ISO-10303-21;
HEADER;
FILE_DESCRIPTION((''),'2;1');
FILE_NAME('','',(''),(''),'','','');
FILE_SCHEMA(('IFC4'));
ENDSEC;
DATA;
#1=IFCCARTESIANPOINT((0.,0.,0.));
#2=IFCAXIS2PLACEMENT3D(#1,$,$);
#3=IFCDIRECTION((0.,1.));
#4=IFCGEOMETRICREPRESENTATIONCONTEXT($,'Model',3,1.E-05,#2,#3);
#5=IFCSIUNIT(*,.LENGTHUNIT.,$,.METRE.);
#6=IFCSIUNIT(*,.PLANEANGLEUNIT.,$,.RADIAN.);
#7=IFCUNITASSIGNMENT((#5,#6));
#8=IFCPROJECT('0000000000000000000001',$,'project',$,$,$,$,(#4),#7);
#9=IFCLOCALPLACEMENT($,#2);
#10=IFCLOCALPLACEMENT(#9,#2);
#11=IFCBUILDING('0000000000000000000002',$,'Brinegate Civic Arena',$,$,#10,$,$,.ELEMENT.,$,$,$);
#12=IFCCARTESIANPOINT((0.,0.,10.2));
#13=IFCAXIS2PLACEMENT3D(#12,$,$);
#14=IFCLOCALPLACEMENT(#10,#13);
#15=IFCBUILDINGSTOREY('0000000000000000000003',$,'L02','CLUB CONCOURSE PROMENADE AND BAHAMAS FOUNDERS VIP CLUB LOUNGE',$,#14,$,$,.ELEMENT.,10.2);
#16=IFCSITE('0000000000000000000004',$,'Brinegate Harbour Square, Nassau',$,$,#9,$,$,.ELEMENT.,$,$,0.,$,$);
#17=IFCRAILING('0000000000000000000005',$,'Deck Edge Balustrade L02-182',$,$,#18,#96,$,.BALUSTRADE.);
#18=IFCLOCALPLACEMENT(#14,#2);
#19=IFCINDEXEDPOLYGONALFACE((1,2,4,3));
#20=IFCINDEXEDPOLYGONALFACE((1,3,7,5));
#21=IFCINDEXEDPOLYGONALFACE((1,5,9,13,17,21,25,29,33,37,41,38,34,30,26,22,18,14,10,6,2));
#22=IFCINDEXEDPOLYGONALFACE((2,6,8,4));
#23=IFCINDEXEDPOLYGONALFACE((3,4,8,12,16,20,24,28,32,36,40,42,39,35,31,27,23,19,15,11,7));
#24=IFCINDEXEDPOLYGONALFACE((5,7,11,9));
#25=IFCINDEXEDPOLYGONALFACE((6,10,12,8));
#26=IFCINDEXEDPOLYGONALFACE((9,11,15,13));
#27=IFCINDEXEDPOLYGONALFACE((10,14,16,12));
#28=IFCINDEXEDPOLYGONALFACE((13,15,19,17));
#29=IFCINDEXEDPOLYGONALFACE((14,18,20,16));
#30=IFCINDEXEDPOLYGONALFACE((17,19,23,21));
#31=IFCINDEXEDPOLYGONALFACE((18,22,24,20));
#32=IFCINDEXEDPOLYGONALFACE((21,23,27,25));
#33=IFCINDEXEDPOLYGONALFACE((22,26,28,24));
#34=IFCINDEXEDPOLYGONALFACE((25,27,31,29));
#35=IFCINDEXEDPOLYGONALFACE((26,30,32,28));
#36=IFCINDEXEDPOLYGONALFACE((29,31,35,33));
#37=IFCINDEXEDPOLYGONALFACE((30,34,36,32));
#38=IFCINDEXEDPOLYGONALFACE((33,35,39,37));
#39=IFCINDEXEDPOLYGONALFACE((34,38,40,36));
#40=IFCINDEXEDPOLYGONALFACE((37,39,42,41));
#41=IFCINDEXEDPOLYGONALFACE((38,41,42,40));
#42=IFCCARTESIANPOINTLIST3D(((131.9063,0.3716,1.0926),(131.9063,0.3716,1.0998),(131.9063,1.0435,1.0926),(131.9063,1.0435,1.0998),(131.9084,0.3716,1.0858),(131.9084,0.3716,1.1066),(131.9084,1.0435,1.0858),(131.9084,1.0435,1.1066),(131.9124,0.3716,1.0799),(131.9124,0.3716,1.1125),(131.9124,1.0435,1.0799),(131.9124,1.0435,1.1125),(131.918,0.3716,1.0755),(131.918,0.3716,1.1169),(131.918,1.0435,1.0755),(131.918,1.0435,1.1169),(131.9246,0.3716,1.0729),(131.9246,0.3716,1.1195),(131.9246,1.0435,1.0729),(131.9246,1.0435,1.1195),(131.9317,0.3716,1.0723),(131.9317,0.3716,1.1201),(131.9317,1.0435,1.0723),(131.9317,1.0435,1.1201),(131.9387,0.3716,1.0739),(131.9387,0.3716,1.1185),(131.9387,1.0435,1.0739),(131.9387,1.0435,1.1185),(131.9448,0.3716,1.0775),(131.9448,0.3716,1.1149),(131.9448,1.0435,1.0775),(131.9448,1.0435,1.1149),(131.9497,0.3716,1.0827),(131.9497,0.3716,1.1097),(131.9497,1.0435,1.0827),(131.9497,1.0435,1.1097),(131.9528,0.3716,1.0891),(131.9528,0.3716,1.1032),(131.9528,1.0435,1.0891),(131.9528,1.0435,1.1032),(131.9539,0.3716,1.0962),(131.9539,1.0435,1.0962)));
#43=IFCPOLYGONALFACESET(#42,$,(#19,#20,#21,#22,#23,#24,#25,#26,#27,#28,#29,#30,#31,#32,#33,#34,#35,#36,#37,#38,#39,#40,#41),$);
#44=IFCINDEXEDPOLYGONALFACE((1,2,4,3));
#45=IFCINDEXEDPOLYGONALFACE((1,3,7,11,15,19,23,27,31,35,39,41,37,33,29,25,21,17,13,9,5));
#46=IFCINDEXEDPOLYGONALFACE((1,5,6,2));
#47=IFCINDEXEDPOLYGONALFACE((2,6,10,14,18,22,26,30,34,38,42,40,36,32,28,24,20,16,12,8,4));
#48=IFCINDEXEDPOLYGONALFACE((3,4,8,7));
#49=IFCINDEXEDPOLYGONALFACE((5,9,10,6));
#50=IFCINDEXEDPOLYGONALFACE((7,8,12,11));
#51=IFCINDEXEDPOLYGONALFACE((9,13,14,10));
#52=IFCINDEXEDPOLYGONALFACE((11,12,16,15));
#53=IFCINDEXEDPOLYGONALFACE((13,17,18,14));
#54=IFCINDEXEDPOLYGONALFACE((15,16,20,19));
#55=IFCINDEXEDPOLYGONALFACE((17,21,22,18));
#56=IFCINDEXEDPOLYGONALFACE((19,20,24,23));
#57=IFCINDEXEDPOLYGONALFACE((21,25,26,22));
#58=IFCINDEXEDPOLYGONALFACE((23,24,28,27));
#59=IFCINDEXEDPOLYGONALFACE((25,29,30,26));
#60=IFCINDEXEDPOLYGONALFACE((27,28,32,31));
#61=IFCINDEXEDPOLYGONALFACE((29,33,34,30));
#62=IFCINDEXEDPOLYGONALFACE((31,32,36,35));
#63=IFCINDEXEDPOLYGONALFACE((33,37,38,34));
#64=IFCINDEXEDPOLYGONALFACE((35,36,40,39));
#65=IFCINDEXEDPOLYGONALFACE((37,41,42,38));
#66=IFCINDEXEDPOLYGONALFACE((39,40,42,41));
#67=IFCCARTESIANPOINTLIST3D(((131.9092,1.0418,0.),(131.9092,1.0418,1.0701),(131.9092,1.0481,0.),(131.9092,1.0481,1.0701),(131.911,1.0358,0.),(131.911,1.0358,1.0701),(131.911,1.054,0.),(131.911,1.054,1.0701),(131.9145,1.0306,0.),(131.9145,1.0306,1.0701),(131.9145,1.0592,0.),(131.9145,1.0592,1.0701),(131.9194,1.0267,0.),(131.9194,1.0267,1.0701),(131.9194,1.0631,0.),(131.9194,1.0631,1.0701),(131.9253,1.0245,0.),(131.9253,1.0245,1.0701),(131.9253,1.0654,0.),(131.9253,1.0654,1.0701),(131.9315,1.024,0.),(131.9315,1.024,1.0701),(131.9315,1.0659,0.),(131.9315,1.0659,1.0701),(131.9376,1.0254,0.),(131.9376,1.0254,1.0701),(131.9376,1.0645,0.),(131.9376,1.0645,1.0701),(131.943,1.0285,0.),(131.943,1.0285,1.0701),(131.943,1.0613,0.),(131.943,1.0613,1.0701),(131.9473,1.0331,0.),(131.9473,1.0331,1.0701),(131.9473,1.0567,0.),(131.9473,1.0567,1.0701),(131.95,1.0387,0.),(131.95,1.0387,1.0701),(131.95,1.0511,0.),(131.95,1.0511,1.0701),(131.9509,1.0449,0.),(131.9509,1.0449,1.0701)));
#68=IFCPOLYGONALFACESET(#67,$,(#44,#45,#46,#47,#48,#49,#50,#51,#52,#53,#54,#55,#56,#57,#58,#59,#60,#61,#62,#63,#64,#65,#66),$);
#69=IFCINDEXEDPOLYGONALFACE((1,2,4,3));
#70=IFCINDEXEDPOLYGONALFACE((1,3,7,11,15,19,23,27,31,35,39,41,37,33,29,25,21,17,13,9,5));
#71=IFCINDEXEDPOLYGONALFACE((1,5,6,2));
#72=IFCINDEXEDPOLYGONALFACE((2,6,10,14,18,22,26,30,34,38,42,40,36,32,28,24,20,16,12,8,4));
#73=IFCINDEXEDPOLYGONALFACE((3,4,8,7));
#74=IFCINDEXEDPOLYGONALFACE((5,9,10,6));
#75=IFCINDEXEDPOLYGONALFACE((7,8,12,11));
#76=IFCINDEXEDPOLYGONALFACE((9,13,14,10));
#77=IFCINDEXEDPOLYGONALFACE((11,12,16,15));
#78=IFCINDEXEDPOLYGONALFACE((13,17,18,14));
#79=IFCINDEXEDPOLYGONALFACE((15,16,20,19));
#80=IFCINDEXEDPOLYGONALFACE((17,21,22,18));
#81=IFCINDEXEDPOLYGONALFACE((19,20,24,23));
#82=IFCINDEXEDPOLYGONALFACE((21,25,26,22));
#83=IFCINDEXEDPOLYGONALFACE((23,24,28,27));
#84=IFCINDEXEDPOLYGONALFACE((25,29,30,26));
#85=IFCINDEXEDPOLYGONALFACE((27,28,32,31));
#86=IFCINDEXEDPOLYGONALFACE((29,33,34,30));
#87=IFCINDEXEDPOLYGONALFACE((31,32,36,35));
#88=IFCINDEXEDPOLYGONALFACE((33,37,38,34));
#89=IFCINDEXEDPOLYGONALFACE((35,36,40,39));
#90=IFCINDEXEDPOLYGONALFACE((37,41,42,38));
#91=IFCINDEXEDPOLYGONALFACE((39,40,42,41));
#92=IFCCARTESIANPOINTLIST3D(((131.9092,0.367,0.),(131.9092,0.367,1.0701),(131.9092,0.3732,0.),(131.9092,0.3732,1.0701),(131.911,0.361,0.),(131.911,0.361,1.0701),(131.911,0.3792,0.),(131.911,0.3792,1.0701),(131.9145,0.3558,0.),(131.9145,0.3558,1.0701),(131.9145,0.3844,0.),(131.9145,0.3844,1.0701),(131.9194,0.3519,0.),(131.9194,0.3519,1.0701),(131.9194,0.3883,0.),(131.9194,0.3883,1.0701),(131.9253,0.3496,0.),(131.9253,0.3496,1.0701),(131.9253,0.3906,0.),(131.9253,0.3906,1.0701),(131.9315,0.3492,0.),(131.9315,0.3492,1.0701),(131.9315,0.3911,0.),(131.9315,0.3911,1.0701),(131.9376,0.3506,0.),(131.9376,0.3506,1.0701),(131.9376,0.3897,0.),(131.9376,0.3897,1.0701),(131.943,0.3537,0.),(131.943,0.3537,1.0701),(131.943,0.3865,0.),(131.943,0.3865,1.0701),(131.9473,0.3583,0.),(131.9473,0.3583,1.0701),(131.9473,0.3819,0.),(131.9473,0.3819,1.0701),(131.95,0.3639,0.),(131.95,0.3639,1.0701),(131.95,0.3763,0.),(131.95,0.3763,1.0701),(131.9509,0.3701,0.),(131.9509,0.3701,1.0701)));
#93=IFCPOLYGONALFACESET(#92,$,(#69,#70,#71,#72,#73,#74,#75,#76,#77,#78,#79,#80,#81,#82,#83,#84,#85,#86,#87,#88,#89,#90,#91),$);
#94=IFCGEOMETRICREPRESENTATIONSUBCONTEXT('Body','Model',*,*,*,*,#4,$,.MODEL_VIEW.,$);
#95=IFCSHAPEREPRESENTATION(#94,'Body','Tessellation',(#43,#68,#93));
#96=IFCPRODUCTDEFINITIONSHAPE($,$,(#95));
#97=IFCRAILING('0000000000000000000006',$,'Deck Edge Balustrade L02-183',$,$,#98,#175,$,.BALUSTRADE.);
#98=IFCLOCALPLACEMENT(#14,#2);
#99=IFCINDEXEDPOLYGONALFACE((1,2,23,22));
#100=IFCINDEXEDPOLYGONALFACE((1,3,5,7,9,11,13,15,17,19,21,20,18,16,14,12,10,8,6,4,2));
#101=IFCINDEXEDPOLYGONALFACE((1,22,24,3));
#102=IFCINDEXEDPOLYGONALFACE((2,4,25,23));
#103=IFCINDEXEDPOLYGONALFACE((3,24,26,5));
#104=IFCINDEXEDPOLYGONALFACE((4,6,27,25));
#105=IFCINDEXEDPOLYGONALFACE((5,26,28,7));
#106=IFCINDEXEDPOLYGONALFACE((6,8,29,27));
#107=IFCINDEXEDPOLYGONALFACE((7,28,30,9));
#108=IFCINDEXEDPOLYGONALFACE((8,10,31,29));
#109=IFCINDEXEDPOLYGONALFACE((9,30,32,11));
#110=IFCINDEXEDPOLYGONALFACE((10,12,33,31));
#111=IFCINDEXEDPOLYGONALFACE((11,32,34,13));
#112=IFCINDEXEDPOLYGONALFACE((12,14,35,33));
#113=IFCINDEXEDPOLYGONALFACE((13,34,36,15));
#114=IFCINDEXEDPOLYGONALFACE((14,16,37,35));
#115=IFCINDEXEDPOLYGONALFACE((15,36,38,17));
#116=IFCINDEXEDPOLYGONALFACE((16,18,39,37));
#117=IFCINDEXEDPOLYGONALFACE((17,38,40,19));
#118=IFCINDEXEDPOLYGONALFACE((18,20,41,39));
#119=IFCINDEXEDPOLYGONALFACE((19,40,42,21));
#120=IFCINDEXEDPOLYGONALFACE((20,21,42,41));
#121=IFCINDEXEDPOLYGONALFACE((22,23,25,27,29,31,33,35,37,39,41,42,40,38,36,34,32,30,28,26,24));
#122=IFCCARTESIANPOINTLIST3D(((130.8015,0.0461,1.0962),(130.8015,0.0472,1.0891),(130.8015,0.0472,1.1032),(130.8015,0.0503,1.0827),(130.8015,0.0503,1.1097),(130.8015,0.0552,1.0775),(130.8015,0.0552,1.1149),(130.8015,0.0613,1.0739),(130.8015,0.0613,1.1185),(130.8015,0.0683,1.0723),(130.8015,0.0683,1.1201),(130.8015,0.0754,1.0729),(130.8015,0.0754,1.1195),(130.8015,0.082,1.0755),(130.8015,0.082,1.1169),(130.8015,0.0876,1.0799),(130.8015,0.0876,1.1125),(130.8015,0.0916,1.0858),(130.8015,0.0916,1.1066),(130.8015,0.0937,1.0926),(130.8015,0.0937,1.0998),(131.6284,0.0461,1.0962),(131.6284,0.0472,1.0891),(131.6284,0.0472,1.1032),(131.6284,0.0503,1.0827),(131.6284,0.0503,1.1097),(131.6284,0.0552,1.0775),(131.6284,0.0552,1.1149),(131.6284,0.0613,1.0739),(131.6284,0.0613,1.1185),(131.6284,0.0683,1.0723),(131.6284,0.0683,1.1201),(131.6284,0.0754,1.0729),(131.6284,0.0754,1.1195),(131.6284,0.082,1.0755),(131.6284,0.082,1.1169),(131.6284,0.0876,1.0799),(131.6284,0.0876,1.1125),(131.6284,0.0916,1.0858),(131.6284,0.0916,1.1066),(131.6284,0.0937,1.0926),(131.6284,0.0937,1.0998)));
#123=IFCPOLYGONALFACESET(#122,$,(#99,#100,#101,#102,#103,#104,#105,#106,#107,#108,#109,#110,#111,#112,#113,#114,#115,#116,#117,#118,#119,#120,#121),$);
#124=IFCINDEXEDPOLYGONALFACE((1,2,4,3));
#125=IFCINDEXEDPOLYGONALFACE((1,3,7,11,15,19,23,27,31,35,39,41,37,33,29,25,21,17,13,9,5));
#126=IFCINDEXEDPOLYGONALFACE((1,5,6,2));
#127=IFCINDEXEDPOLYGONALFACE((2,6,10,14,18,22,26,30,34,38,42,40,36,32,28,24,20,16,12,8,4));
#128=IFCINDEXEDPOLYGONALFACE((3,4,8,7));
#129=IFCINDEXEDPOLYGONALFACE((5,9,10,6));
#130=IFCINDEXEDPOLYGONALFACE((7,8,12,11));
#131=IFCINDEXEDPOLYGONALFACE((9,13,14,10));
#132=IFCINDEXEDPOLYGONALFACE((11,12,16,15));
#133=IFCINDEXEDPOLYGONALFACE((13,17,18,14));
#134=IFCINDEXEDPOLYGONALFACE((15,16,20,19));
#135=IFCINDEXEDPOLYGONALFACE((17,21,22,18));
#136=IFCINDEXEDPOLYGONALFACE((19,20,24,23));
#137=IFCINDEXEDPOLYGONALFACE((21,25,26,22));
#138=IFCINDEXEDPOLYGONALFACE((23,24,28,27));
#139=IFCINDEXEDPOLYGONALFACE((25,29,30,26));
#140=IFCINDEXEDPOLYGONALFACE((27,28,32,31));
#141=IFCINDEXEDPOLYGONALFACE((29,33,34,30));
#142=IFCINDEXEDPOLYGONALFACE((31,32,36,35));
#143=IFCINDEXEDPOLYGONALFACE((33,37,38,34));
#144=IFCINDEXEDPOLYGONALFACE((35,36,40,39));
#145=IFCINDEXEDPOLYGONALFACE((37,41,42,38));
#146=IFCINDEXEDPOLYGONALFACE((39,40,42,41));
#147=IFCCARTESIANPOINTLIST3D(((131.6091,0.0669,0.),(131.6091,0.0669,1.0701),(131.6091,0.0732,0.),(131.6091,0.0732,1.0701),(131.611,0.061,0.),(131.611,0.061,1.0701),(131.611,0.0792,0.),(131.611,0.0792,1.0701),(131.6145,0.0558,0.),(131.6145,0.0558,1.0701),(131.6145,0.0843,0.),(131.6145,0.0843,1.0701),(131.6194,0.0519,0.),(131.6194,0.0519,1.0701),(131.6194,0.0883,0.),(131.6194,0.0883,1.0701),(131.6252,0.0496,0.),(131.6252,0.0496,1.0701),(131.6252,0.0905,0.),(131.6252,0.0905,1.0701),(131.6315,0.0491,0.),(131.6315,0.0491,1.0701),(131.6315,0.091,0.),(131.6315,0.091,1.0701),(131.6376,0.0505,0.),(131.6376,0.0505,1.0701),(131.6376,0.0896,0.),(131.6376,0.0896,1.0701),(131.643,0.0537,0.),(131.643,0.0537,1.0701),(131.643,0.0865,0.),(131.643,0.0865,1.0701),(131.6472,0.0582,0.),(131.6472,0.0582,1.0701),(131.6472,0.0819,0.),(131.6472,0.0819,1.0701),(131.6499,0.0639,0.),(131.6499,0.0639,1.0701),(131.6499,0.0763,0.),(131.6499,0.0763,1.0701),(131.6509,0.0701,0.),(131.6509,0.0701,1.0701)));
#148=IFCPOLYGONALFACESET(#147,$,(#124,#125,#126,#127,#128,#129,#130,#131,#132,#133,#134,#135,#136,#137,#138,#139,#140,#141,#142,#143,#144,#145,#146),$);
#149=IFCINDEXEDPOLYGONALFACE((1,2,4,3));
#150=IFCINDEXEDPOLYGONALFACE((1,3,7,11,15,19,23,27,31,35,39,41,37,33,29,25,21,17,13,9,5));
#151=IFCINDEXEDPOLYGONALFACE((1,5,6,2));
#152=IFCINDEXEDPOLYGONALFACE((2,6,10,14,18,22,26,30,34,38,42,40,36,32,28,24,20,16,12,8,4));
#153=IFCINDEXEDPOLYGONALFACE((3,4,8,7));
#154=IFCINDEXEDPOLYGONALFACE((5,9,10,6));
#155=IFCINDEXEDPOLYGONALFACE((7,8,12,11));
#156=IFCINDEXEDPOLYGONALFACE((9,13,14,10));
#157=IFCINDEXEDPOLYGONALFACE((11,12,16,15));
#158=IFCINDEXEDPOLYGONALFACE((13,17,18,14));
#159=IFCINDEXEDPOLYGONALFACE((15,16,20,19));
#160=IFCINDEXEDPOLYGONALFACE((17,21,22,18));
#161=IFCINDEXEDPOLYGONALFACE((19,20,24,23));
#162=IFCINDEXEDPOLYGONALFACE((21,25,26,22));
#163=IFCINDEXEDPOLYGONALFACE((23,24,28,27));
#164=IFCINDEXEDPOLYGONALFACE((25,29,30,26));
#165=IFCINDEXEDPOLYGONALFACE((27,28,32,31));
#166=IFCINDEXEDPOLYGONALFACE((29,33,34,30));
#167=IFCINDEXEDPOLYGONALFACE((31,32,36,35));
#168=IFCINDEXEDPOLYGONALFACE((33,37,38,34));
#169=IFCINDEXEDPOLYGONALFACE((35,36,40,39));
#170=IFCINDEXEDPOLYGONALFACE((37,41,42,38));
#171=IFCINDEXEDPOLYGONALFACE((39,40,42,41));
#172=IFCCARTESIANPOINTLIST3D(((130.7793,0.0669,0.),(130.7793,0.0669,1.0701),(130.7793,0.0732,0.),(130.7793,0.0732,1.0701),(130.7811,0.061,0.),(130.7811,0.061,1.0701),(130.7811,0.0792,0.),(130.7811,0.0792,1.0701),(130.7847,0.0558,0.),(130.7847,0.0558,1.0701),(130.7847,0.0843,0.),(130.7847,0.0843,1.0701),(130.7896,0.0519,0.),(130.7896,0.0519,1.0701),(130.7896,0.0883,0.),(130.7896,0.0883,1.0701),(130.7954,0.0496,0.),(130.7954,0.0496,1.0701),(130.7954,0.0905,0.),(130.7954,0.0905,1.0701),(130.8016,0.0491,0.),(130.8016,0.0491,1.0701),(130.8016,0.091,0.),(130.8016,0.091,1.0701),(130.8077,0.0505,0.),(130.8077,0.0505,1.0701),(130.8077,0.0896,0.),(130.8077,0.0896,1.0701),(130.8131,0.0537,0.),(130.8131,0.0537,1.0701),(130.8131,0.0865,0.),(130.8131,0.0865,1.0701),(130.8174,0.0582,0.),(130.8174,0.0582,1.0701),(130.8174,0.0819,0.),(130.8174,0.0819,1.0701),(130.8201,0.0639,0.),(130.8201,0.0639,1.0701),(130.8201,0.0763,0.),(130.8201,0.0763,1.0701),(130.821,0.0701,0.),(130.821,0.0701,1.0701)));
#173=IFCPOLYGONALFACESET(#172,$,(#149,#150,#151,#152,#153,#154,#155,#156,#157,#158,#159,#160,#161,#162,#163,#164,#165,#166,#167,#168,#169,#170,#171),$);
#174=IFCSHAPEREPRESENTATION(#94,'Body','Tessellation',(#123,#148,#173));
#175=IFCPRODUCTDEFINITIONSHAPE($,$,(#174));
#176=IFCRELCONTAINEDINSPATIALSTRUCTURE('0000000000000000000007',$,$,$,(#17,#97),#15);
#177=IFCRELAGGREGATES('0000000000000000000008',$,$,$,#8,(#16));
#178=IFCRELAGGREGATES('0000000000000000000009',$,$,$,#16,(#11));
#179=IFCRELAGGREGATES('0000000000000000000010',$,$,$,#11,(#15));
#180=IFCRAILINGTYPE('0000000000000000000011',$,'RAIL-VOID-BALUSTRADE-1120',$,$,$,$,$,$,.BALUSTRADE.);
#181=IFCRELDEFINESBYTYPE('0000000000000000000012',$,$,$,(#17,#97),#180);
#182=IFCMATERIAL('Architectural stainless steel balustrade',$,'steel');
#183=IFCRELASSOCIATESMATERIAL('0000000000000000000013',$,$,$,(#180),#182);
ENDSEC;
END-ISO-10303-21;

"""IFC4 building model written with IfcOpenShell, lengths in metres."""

from ifc_helpers import new_model, si_unit, direction, frame, origin, origin_2d, place, context, subcontext, project, spatial, circle, extrude, material, type_object, element, save


model = new_model("IFC4")

# Units and contexts
model_context = context("Model", 3, precision=1e-05, world=origin(), true_north=direction((0.0, 1.0)))
body_context = subcontext(model_context, "Body", "Model", "MODEL_VIEW")
ifc_project = project(units=[si_unit("LENGTHUNIT", "METRE"), si_unit("PLANEANGLEUNIT", "RADIAN")], contexts=[model_context])

# Site, building, storey
site_placement = place(None, origin())
site = spatial("IfcSite", under=ifc_project, at=site_placement, Name="Brinegate Harbour Square, Nassau", CompositionType="ELEMENT", RefElevation=0.0)
building_placement = place(site_placement, origin())
building = spatial("IfcBuilding", under=site, at=building_placement, Name="Brinegate Civic Arena", CompositionType="ELEMENT")
storey_placement = place(building_placement, frame((0.0, 0.0, 10.2)))
storey = spatial("IfcBuildingStorey", under=building, at=storey_placement, Name="L02", Description="CLUB CONCOURSE PROMENADE AND BAHAMAS FOUNDERS VIP CLUB LOUNGE", CompositionType="ELEMENT", Elevation=10.2)

# Railings
ifc_material_1 = material(Name="Architectural stainless steel balustrade", Category="steel")
railing_type_1 = type_object("IfcRailingType", Name="RAIL-VOID-BALUSTRADE-1120", PredefinedType="BALUSTRADE", material=ifc_material_1)
railing_1_placement = place(storey_placement, frame((131.9299, 1.0449, 0.0)))
element("IfcRailing", 1, at=railing_1_placement, inside=storey, type_object=railing_type_1, Name="Deck Edge Balustrade L02-182", PredefinedType="BALUSTRADE", context=body_context, shape_type="SweptSolid", body=[
    extrude(circle(Radius=0.0239, at=origin_2d()), frame((0.0, -0.0015, 1.0962), z_axis=(0.0, -1.0, 0.0), x_axis=(1.0, 0.0, 0.0)), (0.0, 0.0, 1.0), 0.6719),
    extrude(circle(Radius=0.021, at=origin_2d()), origin(), (0.0, 0.0, 1.0), 1.0701),
    extrude(circle(Radius=0.021, at=origin_2d()), frame((0.0, -0.6748, 0.0)), (0.0, 0.0, 1.0), 1.0701),
])
railing_2_placement = place(storey_placement, frame((131.6299, 0.0701, 0.0)))
element("IfcRailing", 2, at=railing_2_placement, inside=storey, type_object=railing_type_1, Name="Deck Edge Balustrade L02-183", PredefinedType="BALUSTRADE", context=body_context, shape_type="SweptSolid", body=[
    extrude(circle(Radius=0.0239, at=origin_2d()), frame((-0.0015, 0.0, 1.0962), z_axis=(-1.0, 0.0, 0.0), x_axis=(0.0, -1.0, 0.0)), (0.0, 0.0, 1.0), 0.8269),
    extrude(circle(Radius=0.021, at=origin_2d()), origin(), (0.0, 0.0, 1.0), 1.0701),
    extrude(circle(Radius=0.021, at=origin_2d()), frame((-0.8298, 0.0, 0.0)), (0.0, 0.0, 1.0), 1.0701),
])

save(model, "model.ifc")
